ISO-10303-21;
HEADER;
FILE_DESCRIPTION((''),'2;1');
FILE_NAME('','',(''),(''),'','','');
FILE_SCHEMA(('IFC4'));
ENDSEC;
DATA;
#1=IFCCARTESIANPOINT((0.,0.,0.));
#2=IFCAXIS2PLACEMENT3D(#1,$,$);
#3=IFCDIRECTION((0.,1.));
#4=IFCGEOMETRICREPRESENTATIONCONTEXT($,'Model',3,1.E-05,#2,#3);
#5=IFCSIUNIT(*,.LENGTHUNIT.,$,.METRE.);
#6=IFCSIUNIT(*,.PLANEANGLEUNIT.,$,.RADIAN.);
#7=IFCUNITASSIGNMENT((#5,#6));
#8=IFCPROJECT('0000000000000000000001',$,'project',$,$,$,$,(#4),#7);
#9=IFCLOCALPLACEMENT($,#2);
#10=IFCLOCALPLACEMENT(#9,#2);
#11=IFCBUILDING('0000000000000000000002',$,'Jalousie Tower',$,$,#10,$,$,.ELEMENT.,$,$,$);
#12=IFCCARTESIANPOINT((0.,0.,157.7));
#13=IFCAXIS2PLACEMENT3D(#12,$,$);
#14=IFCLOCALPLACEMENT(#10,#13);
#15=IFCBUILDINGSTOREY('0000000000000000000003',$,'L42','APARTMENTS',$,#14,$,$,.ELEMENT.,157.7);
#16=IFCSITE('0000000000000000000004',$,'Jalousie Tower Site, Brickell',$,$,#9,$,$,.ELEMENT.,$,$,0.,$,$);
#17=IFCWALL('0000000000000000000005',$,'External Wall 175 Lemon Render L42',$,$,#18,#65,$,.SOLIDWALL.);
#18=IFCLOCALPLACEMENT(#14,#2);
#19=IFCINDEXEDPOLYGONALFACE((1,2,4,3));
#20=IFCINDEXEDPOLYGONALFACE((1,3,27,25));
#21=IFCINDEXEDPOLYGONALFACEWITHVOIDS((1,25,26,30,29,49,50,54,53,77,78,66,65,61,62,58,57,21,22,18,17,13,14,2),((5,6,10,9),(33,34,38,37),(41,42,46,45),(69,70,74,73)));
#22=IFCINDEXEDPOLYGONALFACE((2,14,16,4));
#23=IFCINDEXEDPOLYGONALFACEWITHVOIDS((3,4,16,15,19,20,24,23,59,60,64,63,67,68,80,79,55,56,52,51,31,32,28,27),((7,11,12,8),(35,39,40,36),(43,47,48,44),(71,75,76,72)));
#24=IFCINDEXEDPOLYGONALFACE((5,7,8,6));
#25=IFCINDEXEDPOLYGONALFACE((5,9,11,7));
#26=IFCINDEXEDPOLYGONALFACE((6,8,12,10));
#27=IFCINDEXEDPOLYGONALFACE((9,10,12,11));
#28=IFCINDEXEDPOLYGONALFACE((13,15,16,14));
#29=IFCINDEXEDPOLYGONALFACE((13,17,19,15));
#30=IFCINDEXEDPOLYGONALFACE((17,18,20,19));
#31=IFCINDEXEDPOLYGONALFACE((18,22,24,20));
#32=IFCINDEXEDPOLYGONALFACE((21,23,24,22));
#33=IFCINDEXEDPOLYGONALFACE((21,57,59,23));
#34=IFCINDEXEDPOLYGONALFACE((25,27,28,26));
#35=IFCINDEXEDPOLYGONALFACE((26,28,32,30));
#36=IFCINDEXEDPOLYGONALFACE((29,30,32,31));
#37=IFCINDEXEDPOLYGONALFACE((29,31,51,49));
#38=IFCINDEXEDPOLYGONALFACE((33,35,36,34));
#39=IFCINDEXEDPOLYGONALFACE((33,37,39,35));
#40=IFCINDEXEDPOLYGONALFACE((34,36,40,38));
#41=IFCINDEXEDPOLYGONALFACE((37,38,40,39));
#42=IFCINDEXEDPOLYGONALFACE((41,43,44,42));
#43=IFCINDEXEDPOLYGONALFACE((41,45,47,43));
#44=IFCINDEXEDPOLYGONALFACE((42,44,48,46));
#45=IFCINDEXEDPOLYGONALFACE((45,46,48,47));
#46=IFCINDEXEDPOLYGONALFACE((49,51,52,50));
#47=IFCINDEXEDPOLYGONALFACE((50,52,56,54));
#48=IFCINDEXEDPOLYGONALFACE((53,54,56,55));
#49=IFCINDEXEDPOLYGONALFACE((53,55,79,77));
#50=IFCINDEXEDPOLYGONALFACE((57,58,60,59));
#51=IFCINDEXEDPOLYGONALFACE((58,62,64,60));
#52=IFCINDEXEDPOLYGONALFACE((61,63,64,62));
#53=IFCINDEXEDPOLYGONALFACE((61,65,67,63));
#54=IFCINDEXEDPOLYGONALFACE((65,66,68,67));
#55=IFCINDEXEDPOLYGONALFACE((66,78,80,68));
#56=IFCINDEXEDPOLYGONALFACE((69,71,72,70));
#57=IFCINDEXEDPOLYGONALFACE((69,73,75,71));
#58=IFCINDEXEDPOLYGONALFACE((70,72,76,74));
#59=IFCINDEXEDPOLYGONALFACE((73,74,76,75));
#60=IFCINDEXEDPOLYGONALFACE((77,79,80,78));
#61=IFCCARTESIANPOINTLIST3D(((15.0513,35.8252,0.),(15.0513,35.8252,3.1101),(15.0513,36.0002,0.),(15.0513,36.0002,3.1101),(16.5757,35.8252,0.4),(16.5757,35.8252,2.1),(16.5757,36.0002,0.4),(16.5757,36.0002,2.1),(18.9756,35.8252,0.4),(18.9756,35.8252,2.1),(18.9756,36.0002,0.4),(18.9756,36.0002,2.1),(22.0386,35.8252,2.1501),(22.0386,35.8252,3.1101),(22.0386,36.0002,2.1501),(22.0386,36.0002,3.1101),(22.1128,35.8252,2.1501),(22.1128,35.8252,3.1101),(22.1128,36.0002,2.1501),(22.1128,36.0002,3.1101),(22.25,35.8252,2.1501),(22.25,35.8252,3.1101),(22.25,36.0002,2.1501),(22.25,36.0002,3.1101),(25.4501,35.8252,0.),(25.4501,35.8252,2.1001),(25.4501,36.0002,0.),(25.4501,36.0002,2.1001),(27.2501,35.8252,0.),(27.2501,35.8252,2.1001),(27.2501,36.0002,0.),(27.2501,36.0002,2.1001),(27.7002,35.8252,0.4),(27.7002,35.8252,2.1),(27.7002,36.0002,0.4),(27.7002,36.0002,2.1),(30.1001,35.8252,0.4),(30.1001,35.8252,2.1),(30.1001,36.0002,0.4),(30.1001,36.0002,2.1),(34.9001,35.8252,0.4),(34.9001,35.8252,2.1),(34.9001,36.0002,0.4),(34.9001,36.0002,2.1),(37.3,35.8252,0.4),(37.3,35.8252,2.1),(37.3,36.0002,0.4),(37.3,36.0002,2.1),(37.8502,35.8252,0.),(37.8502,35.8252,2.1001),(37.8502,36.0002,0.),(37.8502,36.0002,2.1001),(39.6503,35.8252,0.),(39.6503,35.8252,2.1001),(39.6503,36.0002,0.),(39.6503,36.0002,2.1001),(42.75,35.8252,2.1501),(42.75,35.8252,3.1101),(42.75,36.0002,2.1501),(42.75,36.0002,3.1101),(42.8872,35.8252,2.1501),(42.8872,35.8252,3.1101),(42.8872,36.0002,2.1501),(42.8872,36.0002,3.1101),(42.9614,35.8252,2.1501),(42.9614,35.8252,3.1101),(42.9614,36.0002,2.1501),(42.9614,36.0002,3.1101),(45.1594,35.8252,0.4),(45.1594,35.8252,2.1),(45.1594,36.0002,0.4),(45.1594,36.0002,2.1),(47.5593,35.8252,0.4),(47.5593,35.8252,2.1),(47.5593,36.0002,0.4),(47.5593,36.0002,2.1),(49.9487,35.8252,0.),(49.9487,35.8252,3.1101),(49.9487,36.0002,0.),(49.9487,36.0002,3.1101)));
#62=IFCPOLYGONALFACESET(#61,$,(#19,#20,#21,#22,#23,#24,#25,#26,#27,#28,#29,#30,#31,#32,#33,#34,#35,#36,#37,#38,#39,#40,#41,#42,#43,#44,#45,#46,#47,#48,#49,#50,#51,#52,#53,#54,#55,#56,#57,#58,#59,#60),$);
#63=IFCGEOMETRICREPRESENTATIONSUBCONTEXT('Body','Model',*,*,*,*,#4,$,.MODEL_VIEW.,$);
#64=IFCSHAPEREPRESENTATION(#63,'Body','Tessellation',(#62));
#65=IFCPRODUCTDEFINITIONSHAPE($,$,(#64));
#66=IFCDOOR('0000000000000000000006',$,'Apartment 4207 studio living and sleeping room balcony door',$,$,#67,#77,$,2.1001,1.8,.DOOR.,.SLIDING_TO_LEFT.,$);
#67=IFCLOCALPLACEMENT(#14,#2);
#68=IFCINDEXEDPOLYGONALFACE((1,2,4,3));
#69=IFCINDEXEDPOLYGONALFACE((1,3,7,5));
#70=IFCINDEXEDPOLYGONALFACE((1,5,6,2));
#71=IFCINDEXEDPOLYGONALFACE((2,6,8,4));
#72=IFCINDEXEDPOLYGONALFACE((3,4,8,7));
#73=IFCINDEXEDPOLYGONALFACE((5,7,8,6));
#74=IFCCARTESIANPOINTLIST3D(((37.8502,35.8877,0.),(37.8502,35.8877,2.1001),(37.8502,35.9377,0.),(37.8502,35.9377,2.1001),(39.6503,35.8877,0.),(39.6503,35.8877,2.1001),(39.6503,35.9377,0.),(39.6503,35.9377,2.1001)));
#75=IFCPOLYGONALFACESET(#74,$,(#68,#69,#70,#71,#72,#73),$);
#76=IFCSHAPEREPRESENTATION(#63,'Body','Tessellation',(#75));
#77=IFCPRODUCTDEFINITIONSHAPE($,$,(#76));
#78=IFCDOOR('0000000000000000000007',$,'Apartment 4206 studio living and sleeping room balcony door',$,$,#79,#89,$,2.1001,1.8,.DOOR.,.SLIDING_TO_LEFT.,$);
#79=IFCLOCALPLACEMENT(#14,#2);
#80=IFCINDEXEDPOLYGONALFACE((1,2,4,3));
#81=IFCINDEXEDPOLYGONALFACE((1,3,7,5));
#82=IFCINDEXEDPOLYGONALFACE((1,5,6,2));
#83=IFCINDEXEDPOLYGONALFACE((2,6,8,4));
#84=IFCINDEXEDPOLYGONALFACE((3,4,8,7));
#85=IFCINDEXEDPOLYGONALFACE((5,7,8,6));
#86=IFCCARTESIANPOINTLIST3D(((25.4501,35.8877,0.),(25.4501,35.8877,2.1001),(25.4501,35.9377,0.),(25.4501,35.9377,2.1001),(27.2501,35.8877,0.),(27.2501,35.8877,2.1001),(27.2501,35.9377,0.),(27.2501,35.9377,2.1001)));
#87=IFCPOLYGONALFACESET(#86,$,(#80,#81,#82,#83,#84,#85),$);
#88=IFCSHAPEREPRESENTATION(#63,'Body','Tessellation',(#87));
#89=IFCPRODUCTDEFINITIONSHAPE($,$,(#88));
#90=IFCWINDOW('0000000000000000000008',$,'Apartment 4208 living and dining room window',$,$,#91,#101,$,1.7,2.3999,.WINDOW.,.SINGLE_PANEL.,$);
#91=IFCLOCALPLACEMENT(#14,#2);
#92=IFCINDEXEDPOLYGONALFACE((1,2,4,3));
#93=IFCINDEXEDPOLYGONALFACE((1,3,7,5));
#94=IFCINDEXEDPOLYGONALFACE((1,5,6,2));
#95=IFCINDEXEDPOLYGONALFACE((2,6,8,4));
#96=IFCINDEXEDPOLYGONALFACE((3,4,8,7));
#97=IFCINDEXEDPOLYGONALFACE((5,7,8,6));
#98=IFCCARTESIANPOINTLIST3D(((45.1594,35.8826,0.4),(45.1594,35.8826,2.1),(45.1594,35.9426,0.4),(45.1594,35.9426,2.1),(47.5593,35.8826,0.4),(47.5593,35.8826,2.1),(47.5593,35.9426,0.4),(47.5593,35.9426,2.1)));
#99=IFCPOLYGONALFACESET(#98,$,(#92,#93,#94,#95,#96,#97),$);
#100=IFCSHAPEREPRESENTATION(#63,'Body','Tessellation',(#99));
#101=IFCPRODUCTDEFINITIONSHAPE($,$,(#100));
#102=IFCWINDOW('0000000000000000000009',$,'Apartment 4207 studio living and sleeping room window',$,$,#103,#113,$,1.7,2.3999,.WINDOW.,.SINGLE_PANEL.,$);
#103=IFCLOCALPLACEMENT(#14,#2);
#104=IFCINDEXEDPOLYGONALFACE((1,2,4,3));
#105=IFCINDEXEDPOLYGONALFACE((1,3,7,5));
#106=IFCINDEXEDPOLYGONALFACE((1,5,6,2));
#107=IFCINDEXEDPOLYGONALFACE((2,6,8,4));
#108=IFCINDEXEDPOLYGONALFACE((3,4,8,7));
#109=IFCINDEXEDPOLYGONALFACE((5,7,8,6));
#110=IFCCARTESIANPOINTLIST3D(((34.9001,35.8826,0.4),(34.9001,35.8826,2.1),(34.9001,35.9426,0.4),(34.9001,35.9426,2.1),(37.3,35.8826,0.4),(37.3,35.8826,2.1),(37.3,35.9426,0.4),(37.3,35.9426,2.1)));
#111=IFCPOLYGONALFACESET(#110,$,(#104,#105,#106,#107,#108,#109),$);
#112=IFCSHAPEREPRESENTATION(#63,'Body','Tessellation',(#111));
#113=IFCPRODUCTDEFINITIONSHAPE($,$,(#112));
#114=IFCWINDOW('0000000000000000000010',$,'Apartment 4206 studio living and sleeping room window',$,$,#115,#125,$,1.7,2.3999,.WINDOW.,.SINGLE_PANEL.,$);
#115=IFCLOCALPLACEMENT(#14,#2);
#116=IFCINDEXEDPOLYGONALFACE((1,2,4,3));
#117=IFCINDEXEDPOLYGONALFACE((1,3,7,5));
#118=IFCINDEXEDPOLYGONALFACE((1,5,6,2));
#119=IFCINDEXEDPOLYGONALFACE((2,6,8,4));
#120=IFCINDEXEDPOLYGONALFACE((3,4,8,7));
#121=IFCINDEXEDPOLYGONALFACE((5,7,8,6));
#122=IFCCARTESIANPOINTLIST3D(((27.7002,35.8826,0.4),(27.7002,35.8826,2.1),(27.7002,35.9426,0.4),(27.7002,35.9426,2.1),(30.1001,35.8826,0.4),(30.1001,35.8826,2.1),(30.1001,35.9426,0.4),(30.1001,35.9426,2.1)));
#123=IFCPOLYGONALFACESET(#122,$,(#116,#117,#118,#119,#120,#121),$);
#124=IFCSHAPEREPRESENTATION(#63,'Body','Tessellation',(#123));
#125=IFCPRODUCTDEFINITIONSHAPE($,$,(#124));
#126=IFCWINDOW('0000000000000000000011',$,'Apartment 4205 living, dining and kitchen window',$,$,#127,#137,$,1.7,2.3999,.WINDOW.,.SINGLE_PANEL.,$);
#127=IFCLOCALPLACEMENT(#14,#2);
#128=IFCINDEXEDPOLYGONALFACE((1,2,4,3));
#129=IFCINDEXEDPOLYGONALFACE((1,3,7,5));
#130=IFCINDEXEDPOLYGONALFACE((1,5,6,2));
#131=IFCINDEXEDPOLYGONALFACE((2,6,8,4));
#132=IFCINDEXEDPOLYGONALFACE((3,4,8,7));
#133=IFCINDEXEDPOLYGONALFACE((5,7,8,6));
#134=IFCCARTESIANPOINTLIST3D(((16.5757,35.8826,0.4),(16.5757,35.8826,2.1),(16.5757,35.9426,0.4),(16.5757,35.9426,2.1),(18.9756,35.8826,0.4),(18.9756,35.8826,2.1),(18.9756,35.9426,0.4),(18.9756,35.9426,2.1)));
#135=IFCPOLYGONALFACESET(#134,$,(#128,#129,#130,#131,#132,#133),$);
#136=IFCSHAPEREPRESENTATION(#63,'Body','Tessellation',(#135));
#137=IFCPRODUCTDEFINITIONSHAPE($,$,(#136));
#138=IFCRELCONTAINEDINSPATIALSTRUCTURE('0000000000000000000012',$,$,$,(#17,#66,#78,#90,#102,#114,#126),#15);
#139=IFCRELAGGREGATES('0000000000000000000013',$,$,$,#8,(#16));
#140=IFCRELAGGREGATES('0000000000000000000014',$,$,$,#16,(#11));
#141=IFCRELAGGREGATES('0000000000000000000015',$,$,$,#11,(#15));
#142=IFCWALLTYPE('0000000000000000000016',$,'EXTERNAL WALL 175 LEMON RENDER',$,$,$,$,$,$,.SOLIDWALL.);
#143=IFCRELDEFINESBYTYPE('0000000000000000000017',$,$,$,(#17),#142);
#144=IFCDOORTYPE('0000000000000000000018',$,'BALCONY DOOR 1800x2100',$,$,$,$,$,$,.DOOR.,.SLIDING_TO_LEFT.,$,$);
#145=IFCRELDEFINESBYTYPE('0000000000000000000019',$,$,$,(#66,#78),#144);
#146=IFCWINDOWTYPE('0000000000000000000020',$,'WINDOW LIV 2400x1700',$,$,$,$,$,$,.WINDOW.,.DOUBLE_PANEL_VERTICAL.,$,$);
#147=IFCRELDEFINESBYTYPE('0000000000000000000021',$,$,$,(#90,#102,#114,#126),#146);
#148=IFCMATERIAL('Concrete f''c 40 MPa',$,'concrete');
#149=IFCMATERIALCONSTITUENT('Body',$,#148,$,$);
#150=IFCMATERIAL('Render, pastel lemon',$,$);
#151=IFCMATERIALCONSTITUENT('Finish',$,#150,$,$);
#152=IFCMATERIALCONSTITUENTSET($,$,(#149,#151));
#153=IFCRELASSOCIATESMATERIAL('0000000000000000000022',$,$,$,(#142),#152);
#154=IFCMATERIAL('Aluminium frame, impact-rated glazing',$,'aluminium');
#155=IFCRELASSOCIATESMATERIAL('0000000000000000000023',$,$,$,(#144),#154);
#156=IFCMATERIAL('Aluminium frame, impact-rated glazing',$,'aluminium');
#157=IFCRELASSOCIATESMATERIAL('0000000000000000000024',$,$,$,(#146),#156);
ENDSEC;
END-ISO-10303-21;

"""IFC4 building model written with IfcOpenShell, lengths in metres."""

from ifc_helpers import new_model, si_unit, direction, frame, frame_2d, origin, place, context, subcontext, project, spatial, polyline, rectangle, outline, extrude, material, constituent, constituent_set, type_object, element, fill, save


model = new_model("IFC4")

# Units and contexts
model_context = context("Model", 3, precision=1e-05, world=origin(), true_north=direction((0.0, 1.0)))
body_context = subcontext(model_context, "Body", "Model", "MODEL_VIEW")
ifc_project = project(units=[si_unit("LENGTHUNIT", "METRE"), si_unit("PLANEANGLEUNIT", "RADIAN")], contexts=[model_context])

# Site, building, storey
site_placement = place(None, origin())
site = spatial("IfcSite", under=ifc_project, at=site_placement, Name="Jalousie Tower Site, Brickell", CompositionType="ELEMENT", RefElevation=0.0)
building_placement = place(site_placement, origin())
building = spatial("IfcBuilding", under=site, at=building_placement, Name="Jalousie Tower", CompositionType="ELEMENT")
storey_placement = place(building_placement, frame((0.0, 0.0, 157.7)))
storey = spatial("IfcBuildingStorey", under=building, at=storey_placement, Name="L42", Description="APARTMENTS", CompositionType="ELEMENT", Elevation=157.7)

# Wall, openings, doors, windows
ifc_material_1 = material(Name="Concrete f'c 40 MPa", Category="concrete")
ifc_constituent_1 = constituent(ifc_material_1, Name="Body")
ifc_material_2 = material(Name="Render, pastel lemon")
ifc_constituent_2 = constituent(ifc_material_2, Name="Finish")
ifc_constituent_set_1 = constituent_set(constituents=[ifc_constituent_1, ifc_constituent_2])
wall_type_1 = type_object("IfcWallType", Name="EXTERNAL WALL 175 LEMON RENDER", PredefinedType="SOLIDWALL", material=ifc_constituent_set_1)
wall_1_placement = place(storey_placement, frame((49.9487, 35.9126, 0.0), z_axis=(0.0, 0.0, 1.0), x_axis=(-1.0, 0.0, 0.0)))
wall_1 = element("IfcWall", 1, at=wall_1_placement, inside=storey, type_object=wall_type_1, Name="External Wall 175 Lemon Render L42", PredefinedType="SOLIDWALL", context=body_context, shape_type="SweptSolid", body=[
    extrude(outline(polyline([(0.0, 0.0), (34.8975, 0.0), (34.8975, 3.1101), (27.9102, 3.1101), (27.9102, 2.1501), (27.8359, 2.1501), (27.8359, 3.1101), (27.6987, 3.1101), (27.6987, 2.1501), (7.1987, 2.1501), (7.1987, 3.1101), (7.0615, 3.1101), (7.0615, 2.1501), (6.9873, 2.1501), (6.9873, 3.1101), (0.0, 3.1101), (0.0, 0.0)])), frame((0.0, 0.0874, 0.0), z_axis=(0.0, -1.0, 0.0), x_axis=(1.0, 0.0, 0.0)), (0.0, 0.0, 1.0), 0.175),
])
opening_1_placement = place(wall_1_placement, frame((2.3894, 0.0, 0.3999)))
opening_1 = element("IfcOpeningElement", 2, at=opening_1_placement, cuts=wall_1, PredefinedType="OPENING", context=body_context, shape_type="SweptSolid", body=[
    extrude(rectangle(XDim=2.3999, YDim=1.7, at=frame_2d((1.2, 0.8501))), frame((0.0, 0.0974, 0.0), z_axis=(0.0, -1.0, 0.0), x_axis=(1.0, 0.0, 0.0)), (0.0, 0.0, 1.0), 0.1951),
])
opening_2_placement = place(wall_1_placement, frame((10.2986, 0.0, 0.0)))
opening_2 = element("IfcOpeningElement", 3, at=opening_2_placement, cuts=wall_1, PredefinedType="OPENING", context=body_context, shape_type="SweptSolid", body=[
    extrude(rectangle(XDim=1.8, YDim=2.1001, at=frame_2d((0.8999, 1.05))), frame((0.0, 0.0974, 0.0), z_axis=(0.0, -1.0, 0.0), x_axis=(1.0, 0.0, 0.0)), (0.0, 0.0, 1.0), 0.1951),
])
opening_3_placement = place(wall_1_placement, frame((12.6487, 0.0, 0.3999)))
opening_3 = element("IfcOpeningElement", 4, at=opening_3_placement, cuts=wall_1, PredefinedType="OPENING", context=body_context, shape_type="SweptSolid", body=[
    extrude(rectangle(XDim=2.3999, YDim=1.7, at=frame_2d((1.2, 0.8501))), frame((0.0, 0.0974, 0.0), z_axis=(0.0, -1.0, 0.0), x_axis=(1.0, 0.0, 0.0)), (0.0, 0.0, 1.0), 0.1951),
])
opening_4_placement = place(wall_1_placement, frame((22.6987, 0.0, 0.0)))
opening_4 = element("IfcOpeningElement", 5, at=opening_4_placement, cuts=wall_1, PredefinedType="OPENING", context=body_context, shape_type="SweptSolid", body=[
    extrude(rectangle(XDim=1.8, YDim=2.1001, at=frame_2d((0.8999, 1.05))), frame((0.0, 0.0974, 0.0), z_axis=(0.0, -1.0, 0.0), x_axis=(1.0, 0.0, 0.0)), (0.0, 0.0, 1.0), 0.1951),
])
opening_5_placement = place(wall_1_placement, frame((19.8486, 0.0, 0.3999)))
opening_5 = element("IfcOpeningElement", 6, at=opening_5_placement, cuts=wall_1, PredefinedType="OPENING", context=body_context, shape_type="SweptSolid", body=[
    extrude(rectangle(XDim=2.3999, YDim=1.7, at=frame_2d((1.2, 0.8501))), frame((0.0, 0.0974, 0.0), z_axis=(0.0, -1.0, 0.0), x_axis=(1.0, 0.0, 0.0)), (0.0, 0.0, 1.0), 0.1951),
])
opening_6_placement = place(wall_1_placement, frame((30.9731, 0.0, 0.3999)))
opening_6 = element("IfcOpeningElement", 7, at=opening_6_placement, cuts=wall_1, PredefinedType="OPENING", context=body_context, shape_type="SweptSolid", body=[
    extrude(rectangle(XDim=2.3999, YDim=1.7, at=frame_2d((1.2, 0.8501))), frame((0.0, 0.0974, 0.0), z_axis=(0.0, -1.0, 0.0), x_axis=(1.0, 0.0, 0.0)), (0.0, 0.0, 1.0), 0.1951),
])
ifc_material_3 = material(Name="Aluminium frame, impact-rated glazing", Category="aluminium")
door_type_1 = type_object("IfcDoorType", Name="BALCONY DOOR 1800x2100", OperationType="SLIDING_TO_LEFT", PredefinedType="DOOR", material=ifc_material_3)
door_1_placement = place(opening_2_placement, origin())
door_1 = element("IfcDoor", 8, at=door_1_placement, inside=storey, type_object=door_type_1, Name="Apartment 4207 studio living and sleeping room balcony door", OperationType="SLIDING_TO_LEFT", OverallHeight=2.1001, OverallWidth=1.8, PredefinedType="DOOR", context=body_context, shape_type="SweptSolid", body=[
    extrude(rectangle(XDim=1.8, YDim=2.1001, at=frame_2d((0.8999, 1.05))), frame((0.0, 0.0249, 0.0), z_axis=(0.0, -1.0, 0.0), x_axis=(1.0, 0.0, 0.0)), (0.0, 0.0, 1.0), 0.05),
])
fill(opening_2, door_1)
door_2_placement = place(opening_4_placement, origin())
door_2 = element("IfcDoor", 9, at=door_2_placement, inside=storey, type_object=door_type_1, Name="Apartment 4206 studio living and sleeping room balcony door", OperationType="SLIDING_TO_LEFT", OverallHeight=2.1001, OverallWidth=1.8, PredefinedType="DOOR", context=body_context, shape_type="SweptSolid", body=[
    extrude(rectangle(XDim=1.8, YDim=2.1001, at=frame_2d((0.8999, 1.05))), frame((0.0, 0.0249, 0.0), z_axis=(0.0, -1.0, 0.0), x_axis=(1.0, 0.0, 0.0)), (0.0, 0.0, 1.0), 0.05),
])
fill(opening_4, door_2)
ifc_material_4 = material(Name="Aluminium frame, impact-rated glazing", Category="aluminium")
window_type = type_object("IfcWindowType", Name="WINDOW LIV 2400x1700", PartitioningType="DOUBLE_PANEL_VERTICAL", PredefinedType="WINDOW", material=ifc_material_4)
window_1_placement = place(opening_1_placement, origin())
window_1 = element("IfcWindow", 10, at=window_1_placement, inside=storey, type_object=window_type, Name="Apartment 4208 living and dining room window", OverallHeight=1.7, OverallWidth=2.3999, PartitioningType="SINGLE_PANEL", PredefinedType="WINDOW", context=body_context, shape_type="SweptSolid", body=[
    extrude(rectangle(XDim=2.3999, YDim=1.7, at=frame_2d((1.2, 0.8501))), frame((0.0, 0.03, 0.0), z_axis=(0.0, -1.0, 0.0), x_axis=(1.0, 0.0, 0.0)), (0.0, 0.0, 1.0), 0.0601),
])
fill(opening_1, window_1)
window_2_placement = place(opening_3_placement, origin())
window_2 = element("IfcWindow", 11, at=window_2_placement, inside=storey, type_object=window_type, Name="Apartment 4207 studio living and sleeping room window", OverallHeight=1.7, OverallWidth=2.3999, PartitioningType="SINGLE_PANEL", PredefinedType="WINDOW", context=body_context, shape_type="SweptSolid", body=[
    extrude(rectangle(XDim=2.3999, YDim=1.7, at=frame_2d((1.2, 0.8501))), frame((0.0, 0.03, 0.0), z_axis=(0.0, -1.0, 0.0), x_axis=(1.0, 0.0, 0.0)), (0.0, 0.0, 1.0), 0.0601),
])
fill(opening_3, window_2)
window_3_placement = place(opening_5_placement, origin())
window_3 = element("IfcWindow", 12, at=window_3_placement, inside=storey, type_object=window_type, Name="Apartment 4206 studio living and sleeping room window", OverallHeight=1.7, OverallWidth=2.3999, PartitioningType="SINGLE_PANEL", PredefinedType="WINDOW", context=body_context, shape_type="SweptSolid", body=[
    extrude(rectangle(XDim=2.3999, YDim=1.7, at=frame_2d((1.2, 0.8501))), frame((0.0, 0.03, 0.0), z_axis=(0.0, -1.0, 0.0), x_axis=(1.0, 0.0, 0.0)), (0.0, 0.0, 1.0), 0.0601),
])
fill(opening_5, window_3)
window_4_placement = place(opening_6_placement, origin())
window_4 = element("IfcWindow", 13, at=window_4_placement, inside=storey, type_object=window_type, Name="Apartment 4205 living, dining and kitchen window", OverallHeight=1.7, OverallWidth=2.3999, PartitioningType="SINGLE_PANEL", PredefinedType="WINDOW", context=body_context, shape_type="SweptSolid", body=[
    extrude(rectangle(XDim=2.3999, YDim=1.7, at=frame_2d((1.2, 0.8501))), frame((0.0, 0.03, 0.0), z_axis=(0.0, -1.0, 0.0), x_axis=(1.0, 0.0, 0.0)), (0.0, 0.0, 1.0), 0.0601),
])
fill(opening_6, window_4)

save(model, "model.ifc")
